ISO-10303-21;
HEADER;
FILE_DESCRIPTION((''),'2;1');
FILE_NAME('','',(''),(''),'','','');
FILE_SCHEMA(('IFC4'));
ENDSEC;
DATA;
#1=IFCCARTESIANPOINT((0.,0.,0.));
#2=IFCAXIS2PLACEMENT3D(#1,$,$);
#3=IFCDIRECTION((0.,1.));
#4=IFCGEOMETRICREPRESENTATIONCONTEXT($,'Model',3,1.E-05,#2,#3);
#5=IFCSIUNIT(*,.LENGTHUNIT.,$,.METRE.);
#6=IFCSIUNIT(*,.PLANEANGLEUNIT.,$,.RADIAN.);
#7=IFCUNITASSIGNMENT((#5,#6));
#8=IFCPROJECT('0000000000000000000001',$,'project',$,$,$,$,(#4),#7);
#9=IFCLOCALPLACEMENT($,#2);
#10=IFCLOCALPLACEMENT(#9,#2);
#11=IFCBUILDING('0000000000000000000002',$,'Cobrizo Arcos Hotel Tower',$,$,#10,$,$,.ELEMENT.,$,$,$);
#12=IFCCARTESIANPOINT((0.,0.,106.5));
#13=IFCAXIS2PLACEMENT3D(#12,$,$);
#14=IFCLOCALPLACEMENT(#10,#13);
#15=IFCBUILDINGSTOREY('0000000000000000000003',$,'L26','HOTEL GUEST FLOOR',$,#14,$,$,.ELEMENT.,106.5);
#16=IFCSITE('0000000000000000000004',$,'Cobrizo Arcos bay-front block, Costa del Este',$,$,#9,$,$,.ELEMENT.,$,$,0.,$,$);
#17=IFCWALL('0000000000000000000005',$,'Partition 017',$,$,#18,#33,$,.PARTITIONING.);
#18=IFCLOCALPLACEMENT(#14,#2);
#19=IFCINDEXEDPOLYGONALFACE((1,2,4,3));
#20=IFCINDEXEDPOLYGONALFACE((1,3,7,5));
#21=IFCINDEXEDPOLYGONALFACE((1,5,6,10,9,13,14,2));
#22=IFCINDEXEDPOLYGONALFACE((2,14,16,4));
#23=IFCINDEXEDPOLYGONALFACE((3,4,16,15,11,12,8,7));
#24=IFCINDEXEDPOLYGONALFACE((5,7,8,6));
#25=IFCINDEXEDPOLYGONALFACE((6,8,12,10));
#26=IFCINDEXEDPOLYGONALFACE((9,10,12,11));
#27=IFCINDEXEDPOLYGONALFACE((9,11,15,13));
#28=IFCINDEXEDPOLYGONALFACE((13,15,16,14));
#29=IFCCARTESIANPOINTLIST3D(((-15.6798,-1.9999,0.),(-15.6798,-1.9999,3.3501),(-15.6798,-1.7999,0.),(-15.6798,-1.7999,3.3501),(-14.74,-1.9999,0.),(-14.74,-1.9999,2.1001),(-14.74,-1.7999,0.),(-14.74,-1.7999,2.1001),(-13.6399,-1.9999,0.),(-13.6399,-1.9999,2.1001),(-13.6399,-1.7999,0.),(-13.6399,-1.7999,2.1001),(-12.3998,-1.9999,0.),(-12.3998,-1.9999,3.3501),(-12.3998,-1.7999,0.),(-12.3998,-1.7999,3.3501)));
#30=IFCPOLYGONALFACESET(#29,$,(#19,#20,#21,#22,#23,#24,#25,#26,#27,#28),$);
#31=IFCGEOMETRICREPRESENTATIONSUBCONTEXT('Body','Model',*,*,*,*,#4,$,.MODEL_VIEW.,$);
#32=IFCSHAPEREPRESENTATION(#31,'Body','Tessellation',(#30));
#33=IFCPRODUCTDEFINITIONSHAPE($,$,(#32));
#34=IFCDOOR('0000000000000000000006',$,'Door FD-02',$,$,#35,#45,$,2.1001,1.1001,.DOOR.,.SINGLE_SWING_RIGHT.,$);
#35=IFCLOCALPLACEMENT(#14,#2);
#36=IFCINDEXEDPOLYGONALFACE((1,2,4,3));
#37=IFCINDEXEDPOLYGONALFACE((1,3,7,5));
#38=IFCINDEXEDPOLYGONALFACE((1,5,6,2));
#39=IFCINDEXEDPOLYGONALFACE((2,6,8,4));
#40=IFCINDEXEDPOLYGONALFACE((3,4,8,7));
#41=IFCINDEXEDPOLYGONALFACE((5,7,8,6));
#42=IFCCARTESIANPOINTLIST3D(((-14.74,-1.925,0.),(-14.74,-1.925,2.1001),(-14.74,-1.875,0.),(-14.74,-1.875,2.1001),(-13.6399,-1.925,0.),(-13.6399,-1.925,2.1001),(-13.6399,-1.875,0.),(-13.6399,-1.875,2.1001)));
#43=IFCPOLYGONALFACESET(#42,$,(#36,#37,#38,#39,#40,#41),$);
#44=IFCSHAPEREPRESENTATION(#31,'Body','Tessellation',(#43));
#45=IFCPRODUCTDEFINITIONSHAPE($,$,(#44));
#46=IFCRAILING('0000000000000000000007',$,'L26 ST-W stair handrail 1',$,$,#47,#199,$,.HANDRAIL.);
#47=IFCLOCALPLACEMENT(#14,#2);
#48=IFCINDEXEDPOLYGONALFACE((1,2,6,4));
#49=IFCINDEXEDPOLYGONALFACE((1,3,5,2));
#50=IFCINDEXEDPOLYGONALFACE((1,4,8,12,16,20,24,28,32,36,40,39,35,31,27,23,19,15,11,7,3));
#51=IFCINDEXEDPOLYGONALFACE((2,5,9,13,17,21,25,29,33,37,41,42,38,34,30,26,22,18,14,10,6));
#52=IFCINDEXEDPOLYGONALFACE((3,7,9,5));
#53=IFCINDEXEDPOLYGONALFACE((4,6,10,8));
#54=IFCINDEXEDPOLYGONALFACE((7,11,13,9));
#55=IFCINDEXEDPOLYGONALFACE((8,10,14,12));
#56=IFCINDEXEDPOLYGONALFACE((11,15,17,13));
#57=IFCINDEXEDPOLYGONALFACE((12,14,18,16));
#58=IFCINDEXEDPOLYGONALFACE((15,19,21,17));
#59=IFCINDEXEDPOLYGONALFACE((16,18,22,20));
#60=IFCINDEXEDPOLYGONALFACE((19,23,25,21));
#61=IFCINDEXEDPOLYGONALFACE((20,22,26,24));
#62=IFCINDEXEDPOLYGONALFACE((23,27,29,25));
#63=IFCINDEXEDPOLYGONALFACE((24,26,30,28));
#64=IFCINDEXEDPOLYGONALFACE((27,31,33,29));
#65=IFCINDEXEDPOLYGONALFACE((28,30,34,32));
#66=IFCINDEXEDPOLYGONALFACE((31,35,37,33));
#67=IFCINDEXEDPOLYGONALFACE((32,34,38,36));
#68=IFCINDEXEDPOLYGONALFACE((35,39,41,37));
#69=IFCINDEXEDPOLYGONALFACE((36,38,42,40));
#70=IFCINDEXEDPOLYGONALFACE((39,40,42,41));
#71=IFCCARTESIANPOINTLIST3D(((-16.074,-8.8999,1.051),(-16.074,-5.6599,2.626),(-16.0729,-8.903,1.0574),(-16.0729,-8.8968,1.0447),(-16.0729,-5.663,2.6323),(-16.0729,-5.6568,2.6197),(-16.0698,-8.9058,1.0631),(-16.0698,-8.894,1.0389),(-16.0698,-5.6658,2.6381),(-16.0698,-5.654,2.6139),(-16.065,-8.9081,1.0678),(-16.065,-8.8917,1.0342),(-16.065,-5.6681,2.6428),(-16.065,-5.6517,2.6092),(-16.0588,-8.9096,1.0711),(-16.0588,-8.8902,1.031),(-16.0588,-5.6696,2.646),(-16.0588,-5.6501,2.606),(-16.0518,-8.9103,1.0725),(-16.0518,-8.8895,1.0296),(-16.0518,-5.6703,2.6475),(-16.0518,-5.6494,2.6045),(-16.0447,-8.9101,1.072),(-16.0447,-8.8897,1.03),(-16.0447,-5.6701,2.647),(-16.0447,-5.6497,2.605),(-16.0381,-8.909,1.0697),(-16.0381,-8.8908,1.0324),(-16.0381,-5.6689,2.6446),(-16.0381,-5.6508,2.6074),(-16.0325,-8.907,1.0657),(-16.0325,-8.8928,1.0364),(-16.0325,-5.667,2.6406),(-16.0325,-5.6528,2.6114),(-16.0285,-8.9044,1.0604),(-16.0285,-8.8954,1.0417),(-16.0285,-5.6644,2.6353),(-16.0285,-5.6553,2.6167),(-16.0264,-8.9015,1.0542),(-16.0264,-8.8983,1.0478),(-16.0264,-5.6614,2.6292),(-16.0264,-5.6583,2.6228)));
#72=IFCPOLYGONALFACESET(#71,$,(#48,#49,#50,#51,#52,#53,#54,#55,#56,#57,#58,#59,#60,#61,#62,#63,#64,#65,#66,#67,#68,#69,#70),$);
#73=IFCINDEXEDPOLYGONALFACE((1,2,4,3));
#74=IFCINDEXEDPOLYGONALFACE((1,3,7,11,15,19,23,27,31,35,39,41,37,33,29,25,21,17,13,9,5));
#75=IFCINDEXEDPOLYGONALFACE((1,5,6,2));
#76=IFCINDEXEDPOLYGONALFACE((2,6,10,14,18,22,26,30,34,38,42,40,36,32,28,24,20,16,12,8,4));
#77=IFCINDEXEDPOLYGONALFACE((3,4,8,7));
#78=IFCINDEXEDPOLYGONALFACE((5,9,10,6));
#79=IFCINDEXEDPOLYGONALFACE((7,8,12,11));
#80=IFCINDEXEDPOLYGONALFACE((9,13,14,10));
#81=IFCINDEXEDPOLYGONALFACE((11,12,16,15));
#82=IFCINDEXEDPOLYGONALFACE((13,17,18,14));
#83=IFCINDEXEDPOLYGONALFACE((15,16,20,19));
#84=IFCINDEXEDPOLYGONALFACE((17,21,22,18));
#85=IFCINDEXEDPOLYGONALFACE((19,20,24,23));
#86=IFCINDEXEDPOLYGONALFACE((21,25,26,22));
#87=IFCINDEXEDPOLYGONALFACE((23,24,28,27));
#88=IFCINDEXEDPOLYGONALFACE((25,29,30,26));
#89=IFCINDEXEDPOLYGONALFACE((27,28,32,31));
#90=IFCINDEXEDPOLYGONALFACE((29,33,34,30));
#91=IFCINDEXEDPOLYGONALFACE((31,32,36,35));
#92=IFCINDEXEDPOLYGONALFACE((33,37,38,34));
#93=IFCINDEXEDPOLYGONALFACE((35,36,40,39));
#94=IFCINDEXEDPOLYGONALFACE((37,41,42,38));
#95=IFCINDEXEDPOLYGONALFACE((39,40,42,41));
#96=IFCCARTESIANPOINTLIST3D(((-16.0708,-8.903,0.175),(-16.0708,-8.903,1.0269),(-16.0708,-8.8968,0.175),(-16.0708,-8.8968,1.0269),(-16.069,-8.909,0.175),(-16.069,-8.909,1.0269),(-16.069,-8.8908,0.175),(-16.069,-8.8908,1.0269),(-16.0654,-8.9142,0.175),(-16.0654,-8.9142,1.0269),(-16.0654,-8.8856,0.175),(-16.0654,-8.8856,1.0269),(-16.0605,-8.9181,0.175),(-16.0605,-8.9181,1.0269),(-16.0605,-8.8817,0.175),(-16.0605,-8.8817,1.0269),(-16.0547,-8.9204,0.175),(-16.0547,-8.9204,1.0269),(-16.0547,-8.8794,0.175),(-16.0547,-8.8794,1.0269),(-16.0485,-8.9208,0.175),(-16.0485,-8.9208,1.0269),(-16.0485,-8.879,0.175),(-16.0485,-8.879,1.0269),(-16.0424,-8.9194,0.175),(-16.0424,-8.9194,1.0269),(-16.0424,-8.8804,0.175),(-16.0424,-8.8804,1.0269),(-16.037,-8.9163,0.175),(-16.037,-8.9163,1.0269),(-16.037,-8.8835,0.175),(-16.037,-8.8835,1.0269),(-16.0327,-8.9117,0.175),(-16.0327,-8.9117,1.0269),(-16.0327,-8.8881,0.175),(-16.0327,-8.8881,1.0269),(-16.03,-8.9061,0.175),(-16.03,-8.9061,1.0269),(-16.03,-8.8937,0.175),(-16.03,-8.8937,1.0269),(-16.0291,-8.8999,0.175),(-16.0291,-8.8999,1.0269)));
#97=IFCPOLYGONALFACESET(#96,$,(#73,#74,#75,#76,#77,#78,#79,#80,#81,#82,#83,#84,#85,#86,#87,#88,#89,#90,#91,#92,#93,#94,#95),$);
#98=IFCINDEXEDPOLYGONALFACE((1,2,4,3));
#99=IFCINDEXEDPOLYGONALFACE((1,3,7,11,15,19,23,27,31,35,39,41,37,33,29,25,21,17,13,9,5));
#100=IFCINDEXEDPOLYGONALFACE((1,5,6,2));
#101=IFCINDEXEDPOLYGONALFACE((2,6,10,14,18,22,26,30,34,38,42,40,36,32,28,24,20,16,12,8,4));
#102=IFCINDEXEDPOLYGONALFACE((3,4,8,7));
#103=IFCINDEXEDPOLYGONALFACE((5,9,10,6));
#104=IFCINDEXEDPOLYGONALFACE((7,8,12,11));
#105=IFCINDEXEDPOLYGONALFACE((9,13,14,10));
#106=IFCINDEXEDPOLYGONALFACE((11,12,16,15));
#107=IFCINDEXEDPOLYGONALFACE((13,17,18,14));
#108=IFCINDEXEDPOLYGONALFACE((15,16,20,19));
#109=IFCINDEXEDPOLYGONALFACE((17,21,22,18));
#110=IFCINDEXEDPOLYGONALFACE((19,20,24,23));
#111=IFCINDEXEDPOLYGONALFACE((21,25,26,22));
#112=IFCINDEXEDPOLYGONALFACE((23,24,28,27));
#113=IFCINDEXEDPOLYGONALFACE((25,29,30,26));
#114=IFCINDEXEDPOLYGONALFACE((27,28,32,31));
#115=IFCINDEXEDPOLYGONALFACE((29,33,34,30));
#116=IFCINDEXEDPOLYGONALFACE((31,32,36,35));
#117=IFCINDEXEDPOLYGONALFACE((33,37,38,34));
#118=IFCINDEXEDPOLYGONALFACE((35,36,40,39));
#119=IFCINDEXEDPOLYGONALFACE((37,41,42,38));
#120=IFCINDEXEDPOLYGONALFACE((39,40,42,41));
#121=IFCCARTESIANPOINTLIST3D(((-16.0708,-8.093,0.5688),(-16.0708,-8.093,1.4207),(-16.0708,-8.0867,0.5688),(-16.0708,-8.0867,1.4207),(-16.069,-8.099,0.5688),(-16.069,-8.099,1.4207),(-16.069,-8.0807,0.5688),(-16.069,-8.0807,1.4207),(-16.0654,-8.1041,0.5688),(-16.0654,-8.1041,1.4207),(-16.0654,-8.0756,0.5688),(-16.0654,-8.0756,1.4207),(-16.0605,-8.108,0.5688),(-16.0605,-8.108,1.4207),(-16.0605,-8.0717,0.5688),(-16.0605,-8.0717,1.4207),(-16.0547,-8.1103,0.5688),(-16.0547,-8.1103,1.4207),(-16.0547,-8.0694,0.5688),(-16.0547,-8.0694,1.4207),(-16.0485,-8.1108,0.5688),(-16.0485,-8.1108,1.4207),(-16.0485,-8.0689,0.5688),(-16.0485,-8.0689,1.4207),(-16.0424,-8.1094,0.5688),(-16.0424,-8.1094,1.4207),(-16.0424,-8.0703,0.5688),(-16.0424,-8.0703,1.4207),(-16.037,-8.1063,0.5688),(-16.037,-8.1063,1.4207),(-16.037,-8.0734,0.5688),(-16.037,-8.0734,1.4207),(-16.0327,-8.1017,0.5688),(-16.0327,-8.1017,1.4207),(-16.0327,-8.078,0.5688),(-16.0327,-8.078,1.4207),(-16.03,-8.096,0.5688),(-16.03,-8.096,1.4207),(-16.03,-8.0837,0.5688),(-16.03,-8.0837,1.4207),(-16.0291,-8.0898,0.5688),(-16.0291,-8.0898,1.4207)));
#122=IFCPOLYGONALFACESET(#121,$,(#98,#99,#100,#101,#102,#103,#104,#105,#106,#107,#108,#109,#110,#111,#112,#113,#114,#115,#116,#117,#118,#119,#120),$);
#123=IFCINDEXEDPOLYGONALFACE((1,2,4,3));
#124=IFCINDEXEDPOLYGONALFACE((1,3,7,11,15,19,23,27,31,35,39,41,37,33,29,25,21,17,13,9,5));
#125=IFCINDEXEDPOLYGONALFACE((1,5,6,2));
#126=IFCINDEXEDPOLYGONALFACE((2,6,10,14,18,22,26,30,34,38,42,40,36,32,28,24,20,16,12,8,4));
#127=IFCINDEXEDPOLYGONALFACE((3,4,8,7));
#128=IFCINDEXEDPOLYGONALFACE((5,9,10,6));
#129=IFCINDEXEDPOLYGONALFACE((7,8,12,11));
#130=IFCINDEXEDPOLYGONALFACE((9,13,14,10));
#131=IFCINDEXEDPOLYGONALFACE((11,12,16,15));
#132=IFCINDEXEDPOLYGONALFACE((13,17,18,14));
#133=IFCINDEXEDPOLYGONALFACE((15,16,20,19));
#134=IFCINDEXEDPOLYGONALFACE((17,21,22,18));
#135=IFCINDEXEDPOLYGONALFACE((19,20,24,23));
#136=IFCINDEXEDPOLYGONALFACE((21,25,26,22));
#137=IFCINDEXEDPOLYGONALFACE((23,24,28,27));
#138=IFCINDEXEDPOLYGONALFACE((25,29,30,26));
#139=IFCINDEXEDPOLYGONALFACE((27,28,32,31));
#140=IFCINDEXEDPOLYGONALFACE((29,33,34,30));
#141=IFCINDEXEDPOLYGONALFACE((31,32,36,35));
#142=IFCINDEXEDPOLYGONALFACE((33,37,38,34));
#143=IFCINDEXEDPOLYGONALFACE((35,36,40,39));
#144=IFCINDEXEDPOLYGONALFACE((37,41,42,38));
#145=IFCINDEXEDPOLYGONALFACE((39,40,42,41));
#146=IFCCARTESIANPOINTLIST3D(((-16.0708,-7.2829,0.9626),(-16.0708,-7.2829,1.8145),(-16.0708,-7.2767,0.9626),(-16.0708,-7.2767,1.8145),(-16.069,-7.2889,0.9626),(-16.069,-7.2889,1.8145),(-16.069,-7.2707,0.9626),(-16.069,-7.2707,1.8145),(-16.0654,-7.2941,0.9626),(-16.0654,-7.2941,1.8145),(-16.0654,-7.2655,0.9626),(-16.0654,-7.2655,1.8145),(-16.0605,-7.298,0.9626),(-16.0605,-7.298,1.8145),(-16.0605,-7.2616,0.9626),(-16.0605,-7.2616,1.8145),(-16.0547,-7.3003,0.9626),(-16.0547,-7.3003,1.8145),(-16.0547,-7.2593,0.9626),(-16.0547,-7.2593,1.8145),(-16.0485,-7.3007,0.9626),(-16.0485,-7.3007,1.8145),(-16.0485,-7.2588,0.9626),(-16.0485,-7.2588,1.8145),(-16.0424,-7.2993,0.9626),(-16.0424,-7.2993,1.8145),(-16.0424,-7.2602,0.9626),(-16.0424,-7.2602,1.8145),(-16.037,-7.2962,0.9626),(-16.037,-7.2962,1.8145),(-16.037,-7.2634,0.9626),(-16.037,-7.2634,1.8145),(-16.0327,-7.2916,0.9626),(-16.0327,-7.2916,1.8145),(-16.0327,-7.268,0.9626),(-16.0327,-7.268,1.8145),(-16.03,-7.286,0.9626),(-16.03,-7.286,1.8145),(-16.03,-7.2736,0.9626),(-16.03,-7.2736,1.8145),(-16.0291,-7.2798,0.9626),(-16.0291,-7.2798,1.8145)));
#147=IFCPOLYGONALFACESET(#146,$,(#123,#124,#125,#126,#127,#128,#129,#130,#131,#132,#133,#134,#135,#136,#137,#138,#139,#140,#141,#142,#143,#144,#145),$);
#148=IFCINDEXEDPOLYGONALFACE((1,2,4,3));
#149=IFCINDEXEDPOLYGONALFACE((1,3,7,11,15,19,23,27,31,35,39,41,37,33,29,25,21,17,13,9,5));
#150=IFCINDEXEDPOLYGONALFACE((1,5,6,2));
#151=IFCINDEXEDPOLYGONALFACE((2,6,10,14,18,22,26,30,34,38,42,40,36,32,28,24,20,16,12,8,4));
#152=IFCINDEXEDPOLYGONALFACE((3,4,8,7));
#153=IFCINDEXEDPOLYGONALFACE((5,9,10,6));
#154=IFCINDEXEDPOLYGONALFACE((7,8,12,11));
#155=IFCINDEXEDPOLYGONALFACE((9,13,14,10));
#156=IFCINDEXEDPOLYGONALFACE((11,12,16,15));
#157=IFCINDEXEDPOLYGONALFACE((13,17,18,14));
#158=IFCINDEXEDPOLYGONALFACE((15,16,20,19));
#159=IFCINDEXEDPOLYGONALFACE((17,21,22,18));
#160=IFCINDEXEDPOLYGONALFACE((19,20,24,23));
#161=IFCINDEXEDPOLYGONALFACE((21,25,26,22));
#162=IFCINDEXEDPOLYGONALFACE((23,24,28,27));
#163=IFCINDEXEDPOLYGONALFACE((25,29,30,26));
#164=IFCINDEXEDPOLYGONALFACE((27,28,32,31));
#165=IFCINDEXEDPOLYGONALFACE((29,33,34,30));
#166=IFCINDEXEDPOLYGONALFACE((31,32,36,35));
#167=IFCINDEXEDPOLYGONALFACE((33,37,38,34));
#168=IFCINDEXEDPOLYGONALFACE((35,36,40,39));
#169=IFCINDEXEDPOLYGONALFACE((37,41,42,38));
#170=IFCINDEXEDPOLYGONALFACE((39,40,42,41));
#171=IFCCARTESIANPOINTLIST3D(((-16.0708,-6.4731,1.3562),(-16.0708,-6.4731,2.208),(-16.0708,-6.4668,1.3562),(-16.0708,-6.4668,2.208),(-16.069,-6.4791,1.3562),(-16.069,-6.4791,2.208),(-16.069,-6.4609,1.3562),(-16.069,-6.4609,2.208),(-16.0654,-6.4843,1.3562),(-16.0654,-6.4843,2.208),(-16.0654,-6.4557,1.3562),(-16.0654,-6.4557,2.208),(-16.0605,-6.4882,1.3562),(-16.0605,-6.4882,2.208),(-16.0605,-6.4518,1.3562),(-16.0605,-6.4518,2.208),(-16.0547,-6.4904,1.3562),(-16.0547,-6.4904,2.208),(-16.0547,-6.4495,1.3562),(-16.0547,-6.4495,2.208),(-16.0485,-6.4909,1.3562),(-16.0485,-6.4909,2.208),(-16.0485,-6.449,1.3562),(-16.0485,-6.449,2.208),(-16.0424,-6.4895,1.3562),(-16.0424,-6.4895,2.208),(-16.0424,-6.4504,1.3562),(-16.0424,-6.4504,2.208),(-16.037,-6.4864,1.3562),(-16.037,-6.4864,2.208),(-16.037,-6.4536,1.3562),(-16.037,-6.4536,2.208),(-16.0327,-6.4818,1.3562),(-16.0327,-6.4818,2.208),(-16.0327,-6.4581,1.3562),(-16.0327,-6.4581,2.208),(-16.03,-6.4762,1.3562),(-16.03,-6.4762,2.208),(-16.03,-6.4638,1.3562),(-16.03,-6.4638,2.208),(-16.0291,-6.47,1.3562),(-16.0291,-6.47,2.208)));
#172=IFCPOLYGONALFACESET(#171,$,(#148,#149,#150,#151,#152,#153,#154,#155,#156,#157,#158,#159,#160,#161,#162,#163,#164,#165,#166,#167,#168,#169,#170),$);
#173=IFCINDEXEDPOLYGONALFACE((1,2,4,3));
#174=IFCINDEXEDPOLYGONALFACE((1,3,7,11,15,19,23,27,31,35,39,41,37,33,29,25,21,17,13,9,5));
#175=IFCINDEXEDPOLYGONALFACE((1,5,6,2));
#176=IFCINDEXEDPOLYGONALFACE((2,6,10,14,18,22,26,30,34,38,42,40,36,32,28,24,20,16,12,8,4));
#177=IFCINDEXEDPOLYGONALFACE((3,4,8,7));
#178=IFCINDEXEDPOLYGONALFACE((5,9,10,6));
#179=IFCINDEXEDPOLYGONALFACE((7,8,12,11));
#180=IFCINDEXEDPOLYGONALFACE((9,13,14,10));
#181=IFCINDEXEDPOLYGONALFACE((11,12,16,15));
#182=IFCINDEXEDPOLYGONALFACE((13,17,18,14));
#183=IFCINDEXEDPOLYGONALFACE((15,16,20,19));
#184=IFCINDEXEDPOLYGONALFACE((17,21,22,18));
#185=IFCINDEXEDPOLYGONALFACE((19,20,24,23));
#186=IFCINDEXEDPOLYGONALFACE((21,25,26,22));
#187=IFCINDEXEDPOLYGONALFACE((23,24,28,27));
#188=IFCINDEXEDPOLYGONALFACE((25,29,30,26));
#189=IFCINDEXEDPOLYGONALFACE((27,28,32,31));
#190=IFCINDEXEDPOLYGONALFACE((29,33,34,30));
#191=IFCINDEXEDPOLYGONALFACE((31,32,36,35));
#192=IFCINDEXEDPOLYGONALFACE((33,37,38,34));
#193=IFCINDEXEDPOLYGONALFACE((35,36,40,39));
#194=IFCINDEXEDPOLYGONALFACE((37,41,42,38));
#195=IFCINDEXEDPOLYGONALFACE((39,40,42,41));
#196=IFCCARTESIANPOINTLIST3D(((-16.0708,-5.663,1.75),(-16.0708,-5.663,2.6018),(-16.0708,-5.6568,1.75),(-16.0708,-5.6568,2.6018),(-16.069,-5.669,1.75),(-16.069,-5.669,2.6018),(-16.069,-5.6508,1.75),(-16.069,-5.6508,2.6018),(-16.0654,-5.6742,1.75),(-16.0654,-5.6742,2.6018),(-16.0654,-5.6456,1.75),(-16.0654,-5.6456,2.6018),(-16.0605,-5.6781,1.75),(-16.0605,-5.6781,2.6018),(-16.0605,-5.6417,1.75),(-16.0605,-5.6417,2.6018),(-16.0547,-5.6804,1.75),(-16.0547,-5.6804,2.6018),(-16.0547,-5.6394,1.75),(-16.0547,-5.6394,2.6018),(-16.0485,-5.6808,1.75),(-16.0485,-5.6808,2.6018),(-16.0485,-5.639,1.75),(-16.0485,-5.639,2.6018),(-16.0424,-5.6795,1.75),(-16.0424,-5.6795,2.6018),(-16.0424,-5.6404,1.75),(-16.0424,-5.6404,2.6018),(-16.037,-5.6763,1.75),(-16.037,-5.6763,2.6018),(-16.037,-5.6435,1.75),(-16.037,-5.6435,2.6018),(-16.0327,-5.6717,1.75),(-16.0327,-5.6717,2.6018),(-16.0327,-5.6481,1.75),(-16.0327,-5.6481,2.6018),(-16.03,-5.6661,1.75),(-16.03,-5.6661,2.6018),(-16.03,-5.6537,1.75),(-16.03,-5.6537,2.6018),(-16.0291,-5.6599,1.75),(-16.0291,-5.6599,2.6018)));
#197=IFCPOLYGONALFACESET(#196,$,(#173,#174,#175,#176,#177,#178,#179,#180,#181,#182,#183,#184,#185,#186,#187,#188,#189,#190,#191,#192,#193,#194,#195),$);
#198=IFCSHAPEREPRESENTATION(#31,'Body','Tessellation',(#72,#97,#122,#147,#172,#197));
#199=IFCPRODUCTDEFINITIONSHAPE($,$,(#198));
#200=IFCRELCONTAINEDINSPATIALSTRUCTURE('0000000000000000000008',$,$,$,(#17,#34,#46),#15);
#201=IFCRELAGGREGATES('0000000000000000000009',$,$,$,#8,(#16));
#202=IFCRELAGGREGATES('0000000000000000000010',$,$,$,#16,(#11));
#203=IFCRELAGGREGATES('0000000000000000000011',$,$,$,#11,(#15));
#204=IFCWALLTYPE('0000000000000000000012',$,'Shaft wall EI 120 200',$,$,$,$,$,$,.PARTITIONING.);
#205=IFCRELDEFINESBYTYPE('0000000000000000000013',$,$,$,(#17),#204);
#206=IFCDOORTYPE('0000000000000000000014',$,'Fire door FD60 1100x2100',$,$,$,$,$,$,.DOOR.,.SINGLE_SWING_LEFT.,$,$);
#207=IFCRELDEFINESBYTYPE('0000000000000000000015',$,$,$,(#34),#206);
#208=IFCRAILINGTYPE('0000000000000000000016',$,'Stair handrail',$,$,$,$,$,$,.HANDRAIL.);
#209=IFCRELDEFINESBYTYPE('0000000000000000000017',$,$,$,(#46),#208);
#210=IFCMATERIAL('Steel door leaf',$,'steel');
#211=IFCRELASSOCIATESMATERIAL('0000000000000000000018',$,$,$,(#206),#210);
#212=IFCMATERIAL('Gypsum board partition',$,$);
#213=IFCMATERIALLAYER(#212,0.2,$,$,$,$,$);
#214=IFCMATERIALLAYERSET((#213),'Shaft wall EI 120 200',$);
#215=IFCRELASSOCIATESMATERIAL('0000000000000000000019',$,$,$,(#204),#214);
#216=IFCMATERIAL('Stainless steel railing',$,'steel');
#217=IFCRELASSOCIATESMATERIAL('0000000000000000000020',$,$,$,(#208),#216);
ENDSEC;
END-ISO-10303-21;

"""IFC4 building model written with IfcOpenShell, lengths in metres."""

from ifc_helpers import new_model, si_unit, direction, frame, frame_2d, origin, origin_2d, place, context, subcontext, project, spatial, rectangle, circle, extrude, material, layer, layer_set, type_object, element, fill, save


model = new_model("IFC4")

# Units and contexts
model_context = context("Model", 3, precision=1e-05, world=origin(), true_north=direction((0.0, 1.0)))
body_context = subcontext(model_context, "Body", "Model", "MODEL_VIEW")
ifc_project = project(units=[si_unit("LENGTHUNIT", "METRE"), si_unit("PLANEANGLEUNIT", "RADIAN")], contexts=[model_context])

# Site, building, storey
site_placement = place(None, origin())
site = spatial("IfcSite", under=ifc_project, at=site_placement, Name="Cobrizo Arcos bay-front block, Costa del Este", CompositionType="ELEMENT", RefElevation=0.0)
building_placement = place(site_placement, origin())
building = spatial("IfcBuilding", under=site, at=building_placement, Name="Cobrizo Arcos Hotel Tower", CompositionType="ELEMENT")
storey_placement = place(building_placement, frame((0.0, 0.0, 106.5)))
storey = spatial("IfcBuildingStorey", under=building, at=storey_placement, Name="L26", Description="HOTEL GUEST FLOOR", CompositionType="ELEMENT", Elevation=106.5)

# Shared definitions
ifc_material_1 = material(Name="Gypsum board partition")

# Shared definitions
ifc_material_2 = material(Name="Steel door leaf", Category="steel")
door_type_1 = type_object("IfcDoorType", Name="Fire door FD60 1100x2100", OperationType="SINGLE_SWING_LEFT", PredefinedType="DOOR", material=ifc_material_2)

# Wall, opening, door
ifc_layer_1 = layer(ifc_material_1, 0.2)
ifc_layer_set_1 = layer_set([ifc_layer_1], Name="Shaft wall EI 120 200")
wall_type_1 = type_object("IfcWallType", Name="Shaft wall EI 120 200", PredefinedType="PARTITIONING", material=ifc_layer_set_1)
wall_1_placement = place(storey_placement, frame((-15.6799, -1.8999, 0.0), z_axis=(0.0, 0.0, 1.0), x_axis=(1.0, 0.0, 0.0)))
wall_1 = element("IfcWall", 1, at=wall_1_placement, inside=storey, type_object=wall_type_1, Name="Partition 017", PredefinedType="PARTITIONING", context=body_context, shape_type="SweptSolid", body=[
    extrude(rectangle(XDim=3.28, YDim=0.2, at=frame_2d((1.6401, 0.0))), origin(), (0.0, 0.0, 1.0), 3.3501),
])
opening_1_placement = place(wall_1_placement, frame((0.9399, 0.0, 0.0)))
opening_1 = element("IfcOpeningElement", 2, at=opening_1_placement, cuts=wall_1, PredefinedType="OPENING", context=body_context, shape_type="SweptSolid", body=[
    extrude(rectangle(XDim=1.1001, YDim=2.1001, at=frame_2d((0.55, 1.05))), frame((0.0, 0.1121, 0.0), z_axis=(0.0, -1.0, 0.0), x_axis=(1.0, 0.0, 0.0)), (0.0, 0.0, 1.0), 0.2239),
])
door_1_placement = place(opening_1_placement, origin())
door_1 = element("IfcDoor", 3, at=door_1_placement, inside=storey, type_object=door_type_1, Name="Door FD-02", OperationType="SINGLE_SWING_RIGHT", OverallHeight=2.1001, OverallWidth=1.1001, PredefinedType="DOOR", context=body_context, shape_type="SweptSolid", body=[
    extrude(rectangle(XDim=1.1001, YDim=2.1001, at=frame_2d((0.55, 1.05))), frame((0.0, 0.0249, 0.0), z_axis=(0.0, -1.0, 0.0), x_axis=(1.0, 0.0, 0.0)), (0.0, 0.0, 1.0), 0.05),
])
fill(opening_1, door_1)

# Railing
ifc_material_3 = material(Name="Stainless steel railing", Category="steel")
railing_type = type_object("IfcRailingType", Name="Stair handrail", PredefinedType="HANDRAIL", material=ifc_material_3)
railing_placement = place(storey_placement, frame((-16.05, -8.8999, 0.175)))
element("IfcRailing", 4, at=railing_placement, inside=storey, type_object=railing_type, Name="L26 ST-W stair handrail 1", PredefinedType="HANDRAIL", context=body_context, shape_type="SweptSolid", body=[
    extrude(circle(Radius=0.0239, at=origin_2d()), frame((0.0, 0.0, 0.876), z_axis=(0.0, 0.899373, 0.437183), x_axis=(-1.0, 0.0, 0.0)), (0.0, 0.0, 1.0), 3.6025),
    extrude(circle(Radius=0.021, at=origin_2d()), origin(), (0.0, 0.0, 1.0), 0.8518),
    extrude(circle(Radius=0.021, at=origin_2d()), frame((0.0, 0.8101, 0.3938)), (0.0, 0.0, 1.0), 0.8518),
    extrude(circle(Radius=0.021, at=origin_2d()), frame((0.0, 1.6201, 0.7876)), (0.0, 0.0, 1.0), 0.8518),
    extrude(circle(Radius=0.021, at=origin_2d()), frame((0.0, 2.4299, 1.1812)), (0.0, 0.0, 1.0), 0.8518),
    extrude(circle(Radius=0.021, at=origin_2d()), frame((0.0, 3.24, 1.575)), (0.0, 0.0, 1.0), 0.8518),
])

save(model, "model.ifc")
